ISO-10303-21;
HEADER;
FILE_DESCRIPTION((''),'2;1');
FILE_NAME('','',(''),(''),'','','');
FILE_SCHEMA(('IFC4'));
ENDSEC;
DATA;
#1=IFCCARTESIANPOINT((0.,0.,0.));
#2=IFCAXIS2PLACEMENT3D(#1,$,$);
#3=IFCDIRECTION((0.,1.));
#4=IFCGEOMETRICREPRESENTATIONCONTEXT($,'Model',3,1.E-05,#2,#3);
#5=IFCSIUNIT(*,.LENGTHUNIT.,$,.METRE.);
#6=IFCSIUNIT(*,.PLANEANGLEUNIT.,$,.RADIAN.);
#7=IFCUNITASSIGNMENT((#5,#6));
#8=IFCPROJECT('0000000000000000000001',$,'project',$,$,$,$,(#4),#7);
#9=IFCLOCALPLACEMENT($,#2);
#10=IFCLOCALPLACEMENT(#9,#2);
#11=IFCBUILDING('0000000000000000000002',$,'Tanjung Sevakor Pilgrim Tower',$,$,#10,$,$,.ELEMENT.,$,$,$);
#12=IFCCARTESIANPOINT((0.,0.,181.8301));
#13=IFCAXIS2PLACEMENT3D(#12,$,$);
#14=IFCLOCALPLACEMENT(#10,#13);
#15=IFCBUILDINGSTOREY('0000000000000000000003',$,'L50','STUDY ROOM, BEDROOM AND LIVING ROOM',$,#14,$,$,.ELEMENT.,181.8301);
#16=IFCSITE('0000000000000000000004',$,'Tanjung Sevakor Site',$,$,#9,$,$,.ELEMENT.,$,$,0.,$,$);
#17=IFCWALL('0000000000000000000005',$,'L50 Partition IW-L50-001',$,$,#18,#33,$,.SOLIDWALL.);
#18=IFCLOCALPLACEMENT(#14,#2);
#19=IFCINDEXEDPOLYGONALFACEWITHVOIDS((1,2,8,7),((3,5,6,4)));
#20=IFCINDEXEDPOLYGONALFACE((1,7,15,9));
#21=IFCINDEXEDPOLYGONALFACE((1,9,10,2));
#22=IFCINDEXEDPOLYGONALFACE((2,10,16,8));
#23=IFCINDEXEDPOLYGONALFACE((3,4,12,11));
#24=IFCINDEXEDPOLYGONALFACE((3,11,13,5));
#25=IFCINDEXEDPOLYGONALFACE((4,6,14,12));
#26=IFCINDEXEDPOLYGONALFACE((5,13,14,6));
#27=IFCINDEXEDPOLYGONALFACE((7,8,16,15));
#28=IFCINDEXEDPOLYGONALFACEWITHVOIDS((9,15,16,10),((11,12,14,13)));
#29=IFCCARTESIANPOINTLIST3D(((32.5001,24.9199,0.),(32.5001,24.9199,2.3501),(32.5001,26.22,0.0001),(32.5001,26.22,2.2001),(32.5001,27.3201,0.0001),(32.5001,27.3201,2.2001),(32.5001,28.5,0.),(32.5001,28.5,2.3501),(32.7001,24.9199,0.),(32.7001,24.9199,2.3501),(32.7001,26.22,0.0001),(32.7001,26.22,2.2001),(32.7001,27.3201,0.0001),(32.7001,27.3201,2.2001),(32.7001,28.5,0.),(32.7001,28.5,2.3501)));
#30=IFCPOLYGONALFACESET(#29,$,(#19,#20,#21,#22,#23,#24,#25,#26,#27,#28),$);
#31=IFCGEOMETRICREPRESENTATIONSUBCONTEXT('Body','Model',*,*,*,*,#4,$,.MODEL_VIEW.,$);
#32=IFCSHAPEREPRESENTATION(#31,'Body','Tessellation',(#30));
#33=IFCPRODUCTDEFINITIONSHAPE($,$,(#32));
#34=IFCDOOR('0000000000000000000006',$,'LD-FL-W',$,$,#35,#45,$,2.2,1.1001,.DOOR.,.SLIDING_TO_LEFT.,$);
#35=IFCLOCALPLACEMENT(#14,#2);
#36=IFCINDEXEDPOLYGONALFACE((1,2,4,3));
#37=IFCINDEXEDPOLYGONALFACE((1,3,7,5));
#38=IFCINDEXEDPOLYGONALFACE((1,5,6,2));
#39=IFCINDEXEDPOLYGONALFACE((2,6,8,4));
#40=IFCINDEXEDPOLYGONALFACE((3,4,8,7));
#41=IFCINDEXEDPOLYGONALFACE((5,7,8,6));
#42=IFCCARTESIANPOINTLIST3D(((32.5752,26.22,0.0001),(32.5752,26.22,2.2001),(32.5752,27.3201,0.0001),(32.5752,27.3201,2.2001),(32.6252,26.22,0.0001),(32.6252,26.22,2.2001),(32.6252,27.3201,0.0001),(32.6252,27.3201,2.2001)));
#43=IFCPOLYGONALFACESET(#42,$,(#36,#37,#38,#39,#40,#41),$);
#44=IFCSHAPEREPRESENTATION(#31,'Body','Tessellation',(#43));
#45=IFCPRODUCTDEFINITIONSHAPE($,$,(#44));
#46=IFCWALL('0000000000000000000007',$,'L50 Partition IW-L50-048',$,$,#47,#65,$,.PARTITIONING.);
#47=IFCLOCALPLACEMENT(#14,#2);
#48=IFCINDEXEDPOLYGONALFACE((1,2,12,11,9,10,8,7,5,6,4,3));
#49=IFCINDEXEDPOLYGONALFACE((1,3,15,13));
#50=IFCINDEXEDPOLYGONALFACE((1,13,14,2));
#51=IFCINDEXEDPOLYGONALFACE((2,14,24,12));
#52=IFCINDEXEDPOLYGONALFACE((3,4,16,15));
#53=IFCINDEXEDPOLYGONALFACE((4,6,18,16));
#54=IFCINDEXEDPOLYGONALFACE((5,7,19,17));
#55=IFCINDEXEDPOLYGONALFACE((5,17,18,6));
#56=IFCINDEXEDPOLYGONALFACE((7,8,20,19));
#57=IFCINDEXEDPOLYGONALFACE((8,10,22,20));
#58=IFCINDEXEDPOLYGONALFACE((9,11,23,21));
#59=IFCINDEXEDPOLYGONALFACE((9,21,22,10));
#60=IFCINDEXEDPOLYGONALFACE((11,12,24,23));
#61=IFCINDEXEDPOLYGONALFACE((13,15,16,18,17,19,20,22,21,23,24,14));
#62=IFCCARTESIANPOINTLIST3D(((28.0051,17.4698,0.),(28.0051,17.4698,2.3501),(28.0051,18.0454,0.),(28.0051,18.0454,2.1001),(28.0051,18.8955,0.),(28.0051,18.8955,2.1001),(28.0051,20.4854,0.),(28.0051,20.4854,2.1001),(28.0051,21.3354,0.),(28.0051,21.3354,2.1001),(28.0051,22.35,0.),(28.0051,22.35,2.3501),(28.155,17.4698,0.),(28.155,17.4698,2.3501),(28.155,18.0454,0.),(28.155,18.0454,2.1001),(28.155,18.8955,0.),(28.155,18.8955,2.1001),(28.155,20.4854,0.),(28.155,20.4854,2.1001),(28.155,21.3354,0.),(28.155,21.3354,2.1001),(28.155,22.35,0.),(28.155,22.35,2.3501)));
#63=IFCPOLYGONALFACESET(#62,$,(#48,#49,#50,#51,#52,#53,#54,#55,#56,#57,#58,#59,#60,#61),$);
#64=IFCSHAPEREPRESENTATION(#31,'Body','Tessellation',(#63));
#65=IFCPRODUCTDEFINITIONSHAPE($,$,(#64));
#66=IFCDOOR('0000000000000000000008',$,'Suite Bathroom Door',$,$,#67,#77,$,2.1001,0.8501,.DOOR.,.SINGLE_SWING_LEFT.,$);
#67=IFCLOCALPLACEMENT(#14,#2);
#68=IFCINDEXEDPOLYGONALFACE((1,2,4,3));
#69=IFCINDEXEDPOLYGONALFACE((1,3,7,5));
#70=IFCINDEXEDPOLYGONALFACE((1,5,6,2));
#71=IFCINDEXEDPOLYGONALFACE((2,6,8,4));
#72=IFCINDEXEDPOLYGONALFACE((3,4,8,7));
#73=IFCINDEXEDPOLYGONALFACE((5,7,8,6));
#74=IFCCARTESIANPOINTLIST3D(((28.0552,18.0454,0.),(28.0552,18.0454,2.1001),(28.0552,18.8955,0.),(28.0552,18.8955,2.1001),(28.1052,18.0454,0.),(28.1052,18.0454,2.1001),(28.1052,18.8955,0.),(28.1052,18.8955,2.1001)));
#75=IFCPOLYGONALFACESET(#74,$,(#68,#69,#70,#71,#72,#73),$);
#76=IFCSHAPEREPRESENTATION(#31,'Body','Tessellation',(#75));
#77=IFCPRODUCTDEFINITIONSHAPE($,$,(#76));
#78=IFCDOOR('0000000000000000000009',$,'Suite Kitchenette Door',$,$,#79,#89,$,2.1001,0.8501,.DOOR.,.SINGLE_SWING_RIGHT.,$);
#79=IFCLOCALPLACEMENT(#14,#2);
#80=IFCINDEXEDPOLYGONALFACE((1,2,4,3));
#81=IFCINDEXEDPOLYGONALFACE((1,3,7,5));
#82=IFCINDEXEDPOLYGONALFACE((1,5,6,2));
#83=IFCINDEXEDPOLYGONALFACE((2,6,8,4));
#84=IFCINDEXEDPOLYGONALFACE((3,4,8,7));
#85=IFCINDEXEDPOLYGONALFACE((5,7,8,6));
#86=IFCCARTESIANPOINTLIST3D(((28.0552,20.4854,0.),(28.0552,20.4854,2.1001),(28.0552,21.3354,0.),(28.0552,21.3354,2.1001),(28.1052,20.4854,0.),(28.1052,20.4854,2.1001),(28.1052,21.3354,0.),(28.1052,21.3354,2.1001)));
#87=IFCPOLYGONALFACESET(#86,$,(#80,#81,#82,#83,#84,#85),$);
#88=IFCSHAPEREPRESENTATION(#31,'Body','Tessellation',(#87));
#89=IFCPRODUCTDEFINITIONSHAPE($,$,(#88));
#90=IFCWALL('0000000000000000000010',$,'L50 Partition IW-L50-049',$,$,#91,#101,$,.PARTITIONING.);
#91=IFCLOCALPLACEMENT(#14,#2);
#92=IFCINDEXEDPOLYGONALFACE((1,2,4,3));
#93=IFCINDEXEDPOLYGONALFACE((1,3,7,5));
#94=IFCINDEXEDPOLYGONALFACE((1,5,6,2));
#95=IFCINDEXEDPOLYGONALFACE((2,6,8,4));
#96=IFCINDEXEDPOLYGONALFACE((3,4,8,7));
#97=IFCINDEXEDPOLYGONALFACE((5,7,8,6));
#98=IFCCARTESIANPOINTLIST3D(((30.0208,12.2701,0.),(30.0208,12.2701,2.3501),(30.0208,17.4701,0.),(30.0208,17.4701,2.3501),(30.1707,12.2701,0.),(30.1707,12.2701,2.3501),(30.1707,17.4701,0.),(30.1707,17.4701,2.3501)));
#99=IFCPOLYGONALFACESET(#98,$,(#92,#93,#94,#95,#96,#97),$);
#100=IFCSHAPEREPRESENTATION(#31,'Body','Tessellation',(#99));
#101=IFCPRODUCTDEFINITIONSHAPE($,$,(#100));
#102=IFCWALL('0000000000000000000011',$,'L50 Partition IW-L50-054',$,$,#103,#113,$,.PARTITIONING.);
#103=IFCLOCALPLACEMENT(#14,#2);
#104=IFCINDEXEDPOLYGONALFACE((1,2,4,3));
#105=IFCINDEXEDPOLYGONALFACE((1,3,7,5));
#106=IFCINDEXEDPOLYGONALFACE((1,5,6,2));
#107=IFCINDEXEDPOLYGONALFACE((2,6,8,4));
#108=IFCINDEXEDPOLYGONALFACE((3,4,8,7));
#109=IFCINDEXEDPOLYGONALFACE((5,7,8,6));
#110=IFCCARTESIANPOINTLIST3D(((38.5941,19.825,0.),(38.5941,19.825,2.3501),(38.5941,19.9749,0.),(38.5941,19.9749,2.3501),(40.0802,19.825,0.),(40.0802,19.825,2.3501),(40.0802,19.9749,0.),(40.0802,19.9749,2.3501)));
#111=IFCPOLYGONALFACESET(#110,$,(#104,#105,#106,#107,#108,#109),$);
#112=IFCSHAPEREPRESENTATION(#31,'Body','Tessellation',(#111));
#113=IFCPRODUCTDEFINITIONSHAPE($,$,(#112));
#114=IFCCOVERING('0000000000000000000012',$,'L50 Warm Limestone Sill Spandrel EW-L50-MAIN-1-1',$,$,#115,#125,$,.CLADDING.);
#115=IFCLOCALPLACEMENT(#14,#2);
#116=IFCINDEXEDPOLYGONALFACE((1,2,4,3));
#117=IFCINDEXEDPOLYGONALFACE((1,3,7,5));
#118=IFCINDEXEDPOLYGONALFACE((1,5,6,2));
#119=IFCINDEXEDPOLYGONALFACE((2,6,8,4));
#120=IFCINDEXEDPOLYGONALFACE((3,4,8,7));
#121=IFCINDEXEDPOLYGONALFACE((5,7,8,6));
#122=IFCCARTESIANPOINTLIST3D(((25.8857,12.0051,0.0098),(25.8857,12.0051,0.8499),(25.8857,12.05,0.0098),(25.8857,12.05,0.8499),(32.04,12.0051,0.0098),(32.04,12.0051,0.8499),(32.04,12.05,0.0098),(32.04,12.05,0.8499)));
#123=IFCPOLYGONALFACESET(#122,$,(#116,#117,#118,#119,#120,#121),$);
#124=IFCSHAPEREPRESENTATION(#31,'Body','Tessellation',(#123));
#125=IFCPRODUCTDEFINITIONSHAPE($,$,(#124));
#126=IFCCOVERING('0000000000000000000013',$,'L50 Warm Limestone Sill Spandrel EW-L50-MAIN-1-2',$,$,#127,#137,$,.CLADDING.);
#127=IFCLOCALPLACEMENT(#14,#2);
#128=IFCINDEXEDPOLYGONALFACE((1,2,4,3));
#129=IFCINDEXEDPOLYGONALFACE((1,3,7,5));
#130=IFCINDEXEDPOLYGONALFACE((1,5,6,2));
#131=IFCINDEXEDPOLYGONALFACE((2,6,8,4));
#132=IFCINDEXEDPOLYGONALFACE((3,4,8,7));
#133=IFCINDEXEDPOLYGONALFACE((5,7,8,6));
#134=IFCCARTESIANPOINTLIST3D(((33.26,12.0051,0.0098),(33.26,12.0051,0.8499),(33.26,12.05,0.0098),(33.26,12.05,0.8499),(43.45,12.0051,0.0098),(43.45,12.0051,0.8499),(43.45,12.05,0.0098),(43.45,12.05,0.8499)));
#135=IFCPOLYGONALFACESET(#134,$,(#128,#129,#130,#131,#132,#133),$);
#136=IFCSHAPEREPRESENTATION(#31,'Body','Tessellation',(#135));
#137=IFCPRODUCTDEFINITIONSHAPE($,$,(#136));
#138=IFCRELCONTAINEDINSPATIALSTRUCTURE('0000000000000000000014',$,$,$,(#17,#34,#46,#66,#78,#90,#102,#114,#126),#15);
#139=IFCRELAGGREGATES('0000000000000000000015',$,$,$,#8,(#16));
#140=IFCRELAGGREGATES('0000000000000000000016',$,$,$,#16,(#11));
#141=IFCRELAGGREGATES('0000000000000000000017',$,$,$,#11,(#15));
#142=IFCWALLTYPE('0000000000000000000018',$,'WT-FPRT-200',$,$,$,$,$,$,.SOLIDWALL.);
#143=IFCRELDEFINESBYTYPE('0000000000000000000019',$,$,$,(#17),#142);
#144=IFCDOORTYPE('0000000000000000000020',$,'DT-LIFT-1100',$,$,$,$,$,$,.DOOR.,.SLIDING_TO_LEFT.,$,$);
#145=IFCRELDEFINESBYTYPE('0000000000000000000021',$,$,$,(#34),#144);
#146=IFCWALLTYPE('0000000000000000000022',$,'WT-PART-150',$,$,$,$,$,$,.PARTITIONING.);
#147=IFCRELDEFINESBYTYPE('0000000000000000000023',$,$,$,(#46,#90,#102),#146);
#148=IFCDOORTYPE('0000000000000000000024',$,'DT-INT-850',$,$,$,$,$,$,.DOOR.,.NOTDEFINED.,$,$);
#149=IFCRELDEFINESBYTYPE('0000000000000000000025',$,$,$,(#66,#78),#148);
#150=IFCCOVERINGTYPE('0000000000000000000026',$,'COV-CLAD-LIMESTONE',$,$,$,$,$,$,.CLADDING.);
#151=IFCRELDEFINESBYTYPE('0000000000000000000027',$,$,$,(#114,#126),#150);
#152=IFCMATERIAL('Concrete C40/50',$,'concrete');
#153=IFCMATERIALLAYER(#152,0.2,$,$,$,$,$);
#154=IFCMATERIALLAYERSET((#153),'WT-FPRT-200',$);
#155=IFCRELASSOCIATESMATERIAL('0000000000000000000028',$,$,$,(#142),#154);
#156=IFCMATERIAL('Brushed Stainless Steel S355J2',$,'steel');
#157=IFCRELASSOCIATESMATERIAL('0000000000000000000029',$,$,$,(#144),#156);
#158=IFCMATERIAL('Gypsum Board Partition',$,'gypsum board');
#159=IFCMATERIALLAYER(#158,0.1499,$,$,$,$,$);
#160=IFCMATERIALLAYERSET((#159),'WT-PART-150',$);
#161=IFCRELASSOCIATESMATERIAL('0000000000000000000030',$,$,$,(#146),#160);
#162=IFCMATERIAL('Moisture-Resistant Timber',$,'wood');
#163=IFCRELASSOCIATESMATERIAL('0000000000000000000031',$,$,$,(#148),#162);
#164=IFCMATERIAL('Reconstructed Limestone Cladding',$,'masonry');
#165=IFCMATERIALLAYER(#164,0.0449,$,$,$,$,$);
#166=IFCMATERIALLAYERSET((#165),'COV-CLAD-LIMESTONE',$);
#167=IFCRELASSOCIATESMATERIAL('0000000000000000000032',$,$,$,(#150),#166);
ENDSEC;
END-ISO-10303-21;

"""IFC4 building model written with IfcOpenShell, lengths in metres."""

from ifc_helpers import new_model, si_unit, direction, frame, frame_2d, origin, origin_2d, place, context, subcontext, project, spatial, rectangle, extrude, material, layer, layer_set, type_object, element, fill, save


model = new_model("IFC4")

# Units and contexts
model_context = context("Model", 3, precision=1e-05, world=origin(), true_north=direction((0.0, 1.0)))
body_context = subcontext(model_context, "Body", "Model", "MODEL_VIEW")
ifc_project = project(units=[si_unit("LENGTHUNIT", "METRE"), si_unit("PLANEANGLEUNIT", "RADIAN")], contexts=[model_context])

# Site, building, storey
site_placement = place(None, origin())
site = spatial("IfcSite", under=ifc_project, at=site_placement, Name="Tanjung Sevakor Site", CompositionType="ELEMENT", RefElevation=0.0)
building_placement = place(site_placement, origin())
building = spatial("IfcBuilding", under=site, at=building_placement, Name="Tanjung Sevakor Pilgrim Tower", CompositionType="ELEMENT")
storey_placement = place(building_placement, frame((0.0, 0.0, 181.8301)))
storey = spatial("IfcBuildingStorey", under=building, at=storey_placement, Name="L50", Description="STUDY ROOM, BEDROOM AND LIVING ROOM", CompositionType="ELEMENT", Elevation=181.8301)

# Wall, opening, door
ifc_material_1 = material(Name="Concrete C40/50", Category="concrete")
ifc_layer_1 = layer(ifc_material_1, 0.2)
ifc_layer_set_1 = layer_set([ifc_layer_1], Name="WT-FPRT-200")
wall_type_1 = type_object("IfcWallType", Name="WT-FPRT-200", PredefinedType="SOLIDWALL", material=ifc_layer_set_1)
wall_1_placement = place(storey_placement, frame((32.6001, 24.9199, 0.0), z_axis=(0.0, 0.0, 1.0), x_axis=(0.0, 1.0, 0.0)))
wall_1 = element("IfcWall", 1, at=wall_1_placement, inside=storey, type_object=wall_type_1, Name="L50 Partition IW-L50-001", PredefinedType="SOLIDWALL", context=body_context, shape_type="SweptSolid", body=[
    extrude(rectangle(XDim=3.5801, YDim=0.2, at=frame_2d((1.79, 0.0))), origin(), (0.0, 0.0, 1.0), 2.3501),
])
opening_1_placement = place(wall_1_placement, frame((1.3, 0.0, 0.0)))
opening_1 = element("IfcOpeningElement", 2, at=opening_1_placement, cuts=wall_1, PredefinedType="OPENING", context=body_context, shape_type="SweptSolid", body=[
    extrude(rectangle(XDim=1.1001, YDim=2.2, at=frame_2d((0.55, 1.1001))), frame((0.0, 0.1099, 0.0), z_axis=(0.0, -1.0, 0.0), x_axis=(1.0, 0.0, 0.0)), (0.0, 0.0, 1.0), 0.22),
])
ifc_material_2 = material(Name="Brushed Stainless Steel S355J2", Category="steel")
door_type_1 = type_object("IfcDoorType", Name="DT-LIFT-1100", OperationType="SLIDING_TO_LEFT", PredefinedType="DOOR", material=ifc_material_2)
door_1_placement = place(opening_1_placement, origin())
door_1 = element("IfcDoor", 3, at=door_1_placement, inside=storey, type_object=door_type_1, Name="LD-FL-W", OperationType="SLIDING_TO_LEFT", OverallHeight=2.2, OverallWidth=1.1001, PredefinedType="DOOR", context=body_context, shape_type="SweptSolid", body=[
    extrude(rectangle(XDim=1.1001, YDim=2.2, at=frame_2d((0.55, 1.1001))), frame((0.0, 0.0249, 0.0), z_axis=(0.0, -1.0, 0.0), x_axis=(1.0, 0.0, 0.0)), (0.0, 0.0, 1.0), 0.05),
])
fill(opening_1, door_1)

# Wall, openings, doors
ifc_material_3 = material(Name="Gypsum Board Partition", Category="gypsum board")
ifc_layer_2 = layer(ifc_material_3, 0.1499)
ifc_layer_set_2 = layer_set([ifc_layer_2], Name="WT-PART-150")
wall_type_2 = type_object("IfcWallType", Name="WT-PART-150", PredefinedType="PARTITIONING", material=ifc_layer_set_2)
wall_2_placement = place(storey_placement, frame((28.0801, 17.47, 0.0), z_axis=(0.0, 0.0, 1.0), x_axis=(0.0, 1.0, 0.0)))
wall_2 = element("IfcWall", 4, at=wall_2_placement, inside=storey, type_object=wall_type_2, Name="L50 Partition IW-L50-048", PredefinedType="PARTITIONING", context=body_context, shape_type="SweptSolid", body=[
    extrude(rectangle(XDim=4.8801, YDim=0.1499, at=frame_2d((2.4399, 0.0))), origin(), (0.0, 0.0, 1.0), 2.3501),
])
opening_2_placement = place(wall_2_placement, frame((0.5754, 0.0, 0.0)))
opening_2 = element("IfcOpeningElement", 5, at=opening_2_placement, cuts=wall_2, PredefinedType="OPENING", context=body_context, shape_type="SweptSolid", body=[
    extrude(rectangle(XDim=0.8501, YDim=2.1001, at=frame_2d((0.425, 1.05))), frame((0.0, 0.085, 0.0), z_axis=(0.0, -1.0, 0.0), x_axis=(1.0, 0.0, 0.0)), (0.0, 0.0, 1.0), 0.1699),
])
opening_3_placement = place(wall_2_placement, frame((3.0154, 0.0, 0.0)))
opening_3 = element("IfcOpeningElement", 6, at=opening_3_placement, cuts=wall_2, PredefinedType="OPENING", context=body_context, shape_type="SweptSolid", body=[
    extrude(rectangle(XDim=0.8501, YDim=2.1001, at=frame_2d((0.425, 1.05))), frame((0.0, 0.085, 0.0), z_axis=(0.0, -1.0, 0.0), x_axis=(1.0, 0.0, 0.0)), (0.0, 0.0, 1.0), 0.1699),
])
ifc_material_4 = material(Name="Moisture-Resistant Timber", Category="wood")
door_type_2 = type_object("IfcDoorType", Name="DT-INT-850", OperationType="NOTDEFINED", PredefinedType="DOOR", material=ifc_material_4)
door_2_placement = place(opening_2_placement, origin())
door_2 = element("IfcDoor", 7, at=door_2_placement, inside=storey, type_object=door_type_2, Name="Suite Bathroom Door", OperationType="SINGLE_SWING_LEFT", OverallHeight=2.1001, OverallWidth=0.8501, PredefinedType="DOOR", context=body_context, shape_type="SweptSolid", body=[
    extrude(rectangle(XDim=0.8501, YDim=2.1001, at=frame_2d((0.425, 1.05))), frame((0.0, 0.0249, 0.0), z_axis=(0.0, -1.0, 0.0), x_axis=(1.0, 0.0, 0.0)), (0.0, 0.0, 1.0), 0.05),
])
fill(opening_2, door_2)
door_3_placement = place(opening_3_placement, origin())
door_3 = element("IfcDoor", 8, at=door_3_placement, inside=storey, type_object=door_type_2, Name="Suite Kitchenette Door", OperationType="SINGLE_SWING_RIGHT", OverallHeight=2.1001, OverallWidth=0.8501, PredefinedType="DOOR", context=body_context, shape_type="SweptSolid", body=[
    extrude(rectangle(XDim=0.8501, YDim=2.1001, at=frame_2d((0.425, 1.05))), frame((0.0, 0.0249, 0.0), z_axis=(0.0, -1.0, 0.0), x_axis=(1.0, 0.0, 0.0)), (0.0, 0.0, 1.0), 0.05),
])
fill(opening_3, door_3)

# Walls
wall_3_placement = place(storey_placement, frame((30.0957, 12.27, 0.0), z_axis=(0.0, 0.0, 1.0), x_axis=(0.0, 1.0, 0.0)))
element("IfcWall", 9, at=wall_3_placement, inside=storey, type_object=wall_type_2, Name="L50 Partition IW-L50-049", PredefinedType="PARTITIONING", context=body_context, shape_type="SweptSolid", body=[
    extrude(rectangle(XDim=5.2, YDim=0.1499, at=frame_2d((2.6001, 0.0))), origin(), (0.0, 0.0, 1.0), 2.3501),
])
wall_4_placement = place(storey_placement, frame((38.594, 19.8999, 0.0), z_axis=(0.0, 0.0, 1.0), x_axis=(1.0, 0.0, 0.0)))
element("IfcWall", 10, at=wall_4_placement, inside=storey, type_object=wall_type_2, Name="L50 Partition IW-L50-054", PredefinedType="PARTITIONING", context=body_context, shape_type="SweptSolid", body=[
    extrude(rectangle(XDim=1.4861, YDim=0.1499, at=frame_2d((0.7432, 0.0))), origin(), (0.0, 0.0, 1.0), 2.3501),
])

# Coverings
ifc_material_5 = material(Name="Reconstructed Limestone Cladding", Category="masonry")
ifc_layer_3 = layer(ifc_material_5, 0.0449)
ifc_layer_set_3 = layer_set([ifc_layer_3], Name="COV-CLAD-LIMESTONE")
covering_type = type_object("IfcCoveringType", Name="COV-CLAD-LIMESTONE", PredefinedType="CLADDING", material=ifc_layer_set_3)
covering_1_placement = place(storey_placement, frame((28.9629, 12.0276, 0.0098), z_axis=(0.0, 0.0, 1.0), x_axis=(1.0, 0.0, 0.0)))
element("IfcCovering", 11, at=covering_1_placement, inside=storey, type_object=covering_type, Name="L50 Warm Limestone Sill Spandrel EW-L50-MAIN-1-1", PredefinedType="CLADDING", context=body_context, shape_type="SweptSolid", body=[
    extrude(rectangle(XDim=6.1543, YDim=0.0449, at=origin_2d()), origin(), (0.0, 0.0, 1.0), 0.8401),
])
covering_2_placement = place(storey_placement, frame((38.355, 12.0276, 0.0098), z_axis=(0.0, 0.0, 1.0), x_axis=(1.0, 0.0, 0.0)))
element("IfcCovering", 12, at=covering_2_placement, inside=storey, type_object=covering_type, Name="L50 Warm Limestone Sill Spandrel EW-L50-MAIN-1-2", PredefinedType="CLADDING", context=body_context, shape_type="SweptSolid", body=[
    extrude(rectangle(XDim=10.1899, YDim=0.0449, at=origin_2d()), origin(), (0.0, 0.0, 1.0), 0.8401),
])

save(model, "model.ifc")
